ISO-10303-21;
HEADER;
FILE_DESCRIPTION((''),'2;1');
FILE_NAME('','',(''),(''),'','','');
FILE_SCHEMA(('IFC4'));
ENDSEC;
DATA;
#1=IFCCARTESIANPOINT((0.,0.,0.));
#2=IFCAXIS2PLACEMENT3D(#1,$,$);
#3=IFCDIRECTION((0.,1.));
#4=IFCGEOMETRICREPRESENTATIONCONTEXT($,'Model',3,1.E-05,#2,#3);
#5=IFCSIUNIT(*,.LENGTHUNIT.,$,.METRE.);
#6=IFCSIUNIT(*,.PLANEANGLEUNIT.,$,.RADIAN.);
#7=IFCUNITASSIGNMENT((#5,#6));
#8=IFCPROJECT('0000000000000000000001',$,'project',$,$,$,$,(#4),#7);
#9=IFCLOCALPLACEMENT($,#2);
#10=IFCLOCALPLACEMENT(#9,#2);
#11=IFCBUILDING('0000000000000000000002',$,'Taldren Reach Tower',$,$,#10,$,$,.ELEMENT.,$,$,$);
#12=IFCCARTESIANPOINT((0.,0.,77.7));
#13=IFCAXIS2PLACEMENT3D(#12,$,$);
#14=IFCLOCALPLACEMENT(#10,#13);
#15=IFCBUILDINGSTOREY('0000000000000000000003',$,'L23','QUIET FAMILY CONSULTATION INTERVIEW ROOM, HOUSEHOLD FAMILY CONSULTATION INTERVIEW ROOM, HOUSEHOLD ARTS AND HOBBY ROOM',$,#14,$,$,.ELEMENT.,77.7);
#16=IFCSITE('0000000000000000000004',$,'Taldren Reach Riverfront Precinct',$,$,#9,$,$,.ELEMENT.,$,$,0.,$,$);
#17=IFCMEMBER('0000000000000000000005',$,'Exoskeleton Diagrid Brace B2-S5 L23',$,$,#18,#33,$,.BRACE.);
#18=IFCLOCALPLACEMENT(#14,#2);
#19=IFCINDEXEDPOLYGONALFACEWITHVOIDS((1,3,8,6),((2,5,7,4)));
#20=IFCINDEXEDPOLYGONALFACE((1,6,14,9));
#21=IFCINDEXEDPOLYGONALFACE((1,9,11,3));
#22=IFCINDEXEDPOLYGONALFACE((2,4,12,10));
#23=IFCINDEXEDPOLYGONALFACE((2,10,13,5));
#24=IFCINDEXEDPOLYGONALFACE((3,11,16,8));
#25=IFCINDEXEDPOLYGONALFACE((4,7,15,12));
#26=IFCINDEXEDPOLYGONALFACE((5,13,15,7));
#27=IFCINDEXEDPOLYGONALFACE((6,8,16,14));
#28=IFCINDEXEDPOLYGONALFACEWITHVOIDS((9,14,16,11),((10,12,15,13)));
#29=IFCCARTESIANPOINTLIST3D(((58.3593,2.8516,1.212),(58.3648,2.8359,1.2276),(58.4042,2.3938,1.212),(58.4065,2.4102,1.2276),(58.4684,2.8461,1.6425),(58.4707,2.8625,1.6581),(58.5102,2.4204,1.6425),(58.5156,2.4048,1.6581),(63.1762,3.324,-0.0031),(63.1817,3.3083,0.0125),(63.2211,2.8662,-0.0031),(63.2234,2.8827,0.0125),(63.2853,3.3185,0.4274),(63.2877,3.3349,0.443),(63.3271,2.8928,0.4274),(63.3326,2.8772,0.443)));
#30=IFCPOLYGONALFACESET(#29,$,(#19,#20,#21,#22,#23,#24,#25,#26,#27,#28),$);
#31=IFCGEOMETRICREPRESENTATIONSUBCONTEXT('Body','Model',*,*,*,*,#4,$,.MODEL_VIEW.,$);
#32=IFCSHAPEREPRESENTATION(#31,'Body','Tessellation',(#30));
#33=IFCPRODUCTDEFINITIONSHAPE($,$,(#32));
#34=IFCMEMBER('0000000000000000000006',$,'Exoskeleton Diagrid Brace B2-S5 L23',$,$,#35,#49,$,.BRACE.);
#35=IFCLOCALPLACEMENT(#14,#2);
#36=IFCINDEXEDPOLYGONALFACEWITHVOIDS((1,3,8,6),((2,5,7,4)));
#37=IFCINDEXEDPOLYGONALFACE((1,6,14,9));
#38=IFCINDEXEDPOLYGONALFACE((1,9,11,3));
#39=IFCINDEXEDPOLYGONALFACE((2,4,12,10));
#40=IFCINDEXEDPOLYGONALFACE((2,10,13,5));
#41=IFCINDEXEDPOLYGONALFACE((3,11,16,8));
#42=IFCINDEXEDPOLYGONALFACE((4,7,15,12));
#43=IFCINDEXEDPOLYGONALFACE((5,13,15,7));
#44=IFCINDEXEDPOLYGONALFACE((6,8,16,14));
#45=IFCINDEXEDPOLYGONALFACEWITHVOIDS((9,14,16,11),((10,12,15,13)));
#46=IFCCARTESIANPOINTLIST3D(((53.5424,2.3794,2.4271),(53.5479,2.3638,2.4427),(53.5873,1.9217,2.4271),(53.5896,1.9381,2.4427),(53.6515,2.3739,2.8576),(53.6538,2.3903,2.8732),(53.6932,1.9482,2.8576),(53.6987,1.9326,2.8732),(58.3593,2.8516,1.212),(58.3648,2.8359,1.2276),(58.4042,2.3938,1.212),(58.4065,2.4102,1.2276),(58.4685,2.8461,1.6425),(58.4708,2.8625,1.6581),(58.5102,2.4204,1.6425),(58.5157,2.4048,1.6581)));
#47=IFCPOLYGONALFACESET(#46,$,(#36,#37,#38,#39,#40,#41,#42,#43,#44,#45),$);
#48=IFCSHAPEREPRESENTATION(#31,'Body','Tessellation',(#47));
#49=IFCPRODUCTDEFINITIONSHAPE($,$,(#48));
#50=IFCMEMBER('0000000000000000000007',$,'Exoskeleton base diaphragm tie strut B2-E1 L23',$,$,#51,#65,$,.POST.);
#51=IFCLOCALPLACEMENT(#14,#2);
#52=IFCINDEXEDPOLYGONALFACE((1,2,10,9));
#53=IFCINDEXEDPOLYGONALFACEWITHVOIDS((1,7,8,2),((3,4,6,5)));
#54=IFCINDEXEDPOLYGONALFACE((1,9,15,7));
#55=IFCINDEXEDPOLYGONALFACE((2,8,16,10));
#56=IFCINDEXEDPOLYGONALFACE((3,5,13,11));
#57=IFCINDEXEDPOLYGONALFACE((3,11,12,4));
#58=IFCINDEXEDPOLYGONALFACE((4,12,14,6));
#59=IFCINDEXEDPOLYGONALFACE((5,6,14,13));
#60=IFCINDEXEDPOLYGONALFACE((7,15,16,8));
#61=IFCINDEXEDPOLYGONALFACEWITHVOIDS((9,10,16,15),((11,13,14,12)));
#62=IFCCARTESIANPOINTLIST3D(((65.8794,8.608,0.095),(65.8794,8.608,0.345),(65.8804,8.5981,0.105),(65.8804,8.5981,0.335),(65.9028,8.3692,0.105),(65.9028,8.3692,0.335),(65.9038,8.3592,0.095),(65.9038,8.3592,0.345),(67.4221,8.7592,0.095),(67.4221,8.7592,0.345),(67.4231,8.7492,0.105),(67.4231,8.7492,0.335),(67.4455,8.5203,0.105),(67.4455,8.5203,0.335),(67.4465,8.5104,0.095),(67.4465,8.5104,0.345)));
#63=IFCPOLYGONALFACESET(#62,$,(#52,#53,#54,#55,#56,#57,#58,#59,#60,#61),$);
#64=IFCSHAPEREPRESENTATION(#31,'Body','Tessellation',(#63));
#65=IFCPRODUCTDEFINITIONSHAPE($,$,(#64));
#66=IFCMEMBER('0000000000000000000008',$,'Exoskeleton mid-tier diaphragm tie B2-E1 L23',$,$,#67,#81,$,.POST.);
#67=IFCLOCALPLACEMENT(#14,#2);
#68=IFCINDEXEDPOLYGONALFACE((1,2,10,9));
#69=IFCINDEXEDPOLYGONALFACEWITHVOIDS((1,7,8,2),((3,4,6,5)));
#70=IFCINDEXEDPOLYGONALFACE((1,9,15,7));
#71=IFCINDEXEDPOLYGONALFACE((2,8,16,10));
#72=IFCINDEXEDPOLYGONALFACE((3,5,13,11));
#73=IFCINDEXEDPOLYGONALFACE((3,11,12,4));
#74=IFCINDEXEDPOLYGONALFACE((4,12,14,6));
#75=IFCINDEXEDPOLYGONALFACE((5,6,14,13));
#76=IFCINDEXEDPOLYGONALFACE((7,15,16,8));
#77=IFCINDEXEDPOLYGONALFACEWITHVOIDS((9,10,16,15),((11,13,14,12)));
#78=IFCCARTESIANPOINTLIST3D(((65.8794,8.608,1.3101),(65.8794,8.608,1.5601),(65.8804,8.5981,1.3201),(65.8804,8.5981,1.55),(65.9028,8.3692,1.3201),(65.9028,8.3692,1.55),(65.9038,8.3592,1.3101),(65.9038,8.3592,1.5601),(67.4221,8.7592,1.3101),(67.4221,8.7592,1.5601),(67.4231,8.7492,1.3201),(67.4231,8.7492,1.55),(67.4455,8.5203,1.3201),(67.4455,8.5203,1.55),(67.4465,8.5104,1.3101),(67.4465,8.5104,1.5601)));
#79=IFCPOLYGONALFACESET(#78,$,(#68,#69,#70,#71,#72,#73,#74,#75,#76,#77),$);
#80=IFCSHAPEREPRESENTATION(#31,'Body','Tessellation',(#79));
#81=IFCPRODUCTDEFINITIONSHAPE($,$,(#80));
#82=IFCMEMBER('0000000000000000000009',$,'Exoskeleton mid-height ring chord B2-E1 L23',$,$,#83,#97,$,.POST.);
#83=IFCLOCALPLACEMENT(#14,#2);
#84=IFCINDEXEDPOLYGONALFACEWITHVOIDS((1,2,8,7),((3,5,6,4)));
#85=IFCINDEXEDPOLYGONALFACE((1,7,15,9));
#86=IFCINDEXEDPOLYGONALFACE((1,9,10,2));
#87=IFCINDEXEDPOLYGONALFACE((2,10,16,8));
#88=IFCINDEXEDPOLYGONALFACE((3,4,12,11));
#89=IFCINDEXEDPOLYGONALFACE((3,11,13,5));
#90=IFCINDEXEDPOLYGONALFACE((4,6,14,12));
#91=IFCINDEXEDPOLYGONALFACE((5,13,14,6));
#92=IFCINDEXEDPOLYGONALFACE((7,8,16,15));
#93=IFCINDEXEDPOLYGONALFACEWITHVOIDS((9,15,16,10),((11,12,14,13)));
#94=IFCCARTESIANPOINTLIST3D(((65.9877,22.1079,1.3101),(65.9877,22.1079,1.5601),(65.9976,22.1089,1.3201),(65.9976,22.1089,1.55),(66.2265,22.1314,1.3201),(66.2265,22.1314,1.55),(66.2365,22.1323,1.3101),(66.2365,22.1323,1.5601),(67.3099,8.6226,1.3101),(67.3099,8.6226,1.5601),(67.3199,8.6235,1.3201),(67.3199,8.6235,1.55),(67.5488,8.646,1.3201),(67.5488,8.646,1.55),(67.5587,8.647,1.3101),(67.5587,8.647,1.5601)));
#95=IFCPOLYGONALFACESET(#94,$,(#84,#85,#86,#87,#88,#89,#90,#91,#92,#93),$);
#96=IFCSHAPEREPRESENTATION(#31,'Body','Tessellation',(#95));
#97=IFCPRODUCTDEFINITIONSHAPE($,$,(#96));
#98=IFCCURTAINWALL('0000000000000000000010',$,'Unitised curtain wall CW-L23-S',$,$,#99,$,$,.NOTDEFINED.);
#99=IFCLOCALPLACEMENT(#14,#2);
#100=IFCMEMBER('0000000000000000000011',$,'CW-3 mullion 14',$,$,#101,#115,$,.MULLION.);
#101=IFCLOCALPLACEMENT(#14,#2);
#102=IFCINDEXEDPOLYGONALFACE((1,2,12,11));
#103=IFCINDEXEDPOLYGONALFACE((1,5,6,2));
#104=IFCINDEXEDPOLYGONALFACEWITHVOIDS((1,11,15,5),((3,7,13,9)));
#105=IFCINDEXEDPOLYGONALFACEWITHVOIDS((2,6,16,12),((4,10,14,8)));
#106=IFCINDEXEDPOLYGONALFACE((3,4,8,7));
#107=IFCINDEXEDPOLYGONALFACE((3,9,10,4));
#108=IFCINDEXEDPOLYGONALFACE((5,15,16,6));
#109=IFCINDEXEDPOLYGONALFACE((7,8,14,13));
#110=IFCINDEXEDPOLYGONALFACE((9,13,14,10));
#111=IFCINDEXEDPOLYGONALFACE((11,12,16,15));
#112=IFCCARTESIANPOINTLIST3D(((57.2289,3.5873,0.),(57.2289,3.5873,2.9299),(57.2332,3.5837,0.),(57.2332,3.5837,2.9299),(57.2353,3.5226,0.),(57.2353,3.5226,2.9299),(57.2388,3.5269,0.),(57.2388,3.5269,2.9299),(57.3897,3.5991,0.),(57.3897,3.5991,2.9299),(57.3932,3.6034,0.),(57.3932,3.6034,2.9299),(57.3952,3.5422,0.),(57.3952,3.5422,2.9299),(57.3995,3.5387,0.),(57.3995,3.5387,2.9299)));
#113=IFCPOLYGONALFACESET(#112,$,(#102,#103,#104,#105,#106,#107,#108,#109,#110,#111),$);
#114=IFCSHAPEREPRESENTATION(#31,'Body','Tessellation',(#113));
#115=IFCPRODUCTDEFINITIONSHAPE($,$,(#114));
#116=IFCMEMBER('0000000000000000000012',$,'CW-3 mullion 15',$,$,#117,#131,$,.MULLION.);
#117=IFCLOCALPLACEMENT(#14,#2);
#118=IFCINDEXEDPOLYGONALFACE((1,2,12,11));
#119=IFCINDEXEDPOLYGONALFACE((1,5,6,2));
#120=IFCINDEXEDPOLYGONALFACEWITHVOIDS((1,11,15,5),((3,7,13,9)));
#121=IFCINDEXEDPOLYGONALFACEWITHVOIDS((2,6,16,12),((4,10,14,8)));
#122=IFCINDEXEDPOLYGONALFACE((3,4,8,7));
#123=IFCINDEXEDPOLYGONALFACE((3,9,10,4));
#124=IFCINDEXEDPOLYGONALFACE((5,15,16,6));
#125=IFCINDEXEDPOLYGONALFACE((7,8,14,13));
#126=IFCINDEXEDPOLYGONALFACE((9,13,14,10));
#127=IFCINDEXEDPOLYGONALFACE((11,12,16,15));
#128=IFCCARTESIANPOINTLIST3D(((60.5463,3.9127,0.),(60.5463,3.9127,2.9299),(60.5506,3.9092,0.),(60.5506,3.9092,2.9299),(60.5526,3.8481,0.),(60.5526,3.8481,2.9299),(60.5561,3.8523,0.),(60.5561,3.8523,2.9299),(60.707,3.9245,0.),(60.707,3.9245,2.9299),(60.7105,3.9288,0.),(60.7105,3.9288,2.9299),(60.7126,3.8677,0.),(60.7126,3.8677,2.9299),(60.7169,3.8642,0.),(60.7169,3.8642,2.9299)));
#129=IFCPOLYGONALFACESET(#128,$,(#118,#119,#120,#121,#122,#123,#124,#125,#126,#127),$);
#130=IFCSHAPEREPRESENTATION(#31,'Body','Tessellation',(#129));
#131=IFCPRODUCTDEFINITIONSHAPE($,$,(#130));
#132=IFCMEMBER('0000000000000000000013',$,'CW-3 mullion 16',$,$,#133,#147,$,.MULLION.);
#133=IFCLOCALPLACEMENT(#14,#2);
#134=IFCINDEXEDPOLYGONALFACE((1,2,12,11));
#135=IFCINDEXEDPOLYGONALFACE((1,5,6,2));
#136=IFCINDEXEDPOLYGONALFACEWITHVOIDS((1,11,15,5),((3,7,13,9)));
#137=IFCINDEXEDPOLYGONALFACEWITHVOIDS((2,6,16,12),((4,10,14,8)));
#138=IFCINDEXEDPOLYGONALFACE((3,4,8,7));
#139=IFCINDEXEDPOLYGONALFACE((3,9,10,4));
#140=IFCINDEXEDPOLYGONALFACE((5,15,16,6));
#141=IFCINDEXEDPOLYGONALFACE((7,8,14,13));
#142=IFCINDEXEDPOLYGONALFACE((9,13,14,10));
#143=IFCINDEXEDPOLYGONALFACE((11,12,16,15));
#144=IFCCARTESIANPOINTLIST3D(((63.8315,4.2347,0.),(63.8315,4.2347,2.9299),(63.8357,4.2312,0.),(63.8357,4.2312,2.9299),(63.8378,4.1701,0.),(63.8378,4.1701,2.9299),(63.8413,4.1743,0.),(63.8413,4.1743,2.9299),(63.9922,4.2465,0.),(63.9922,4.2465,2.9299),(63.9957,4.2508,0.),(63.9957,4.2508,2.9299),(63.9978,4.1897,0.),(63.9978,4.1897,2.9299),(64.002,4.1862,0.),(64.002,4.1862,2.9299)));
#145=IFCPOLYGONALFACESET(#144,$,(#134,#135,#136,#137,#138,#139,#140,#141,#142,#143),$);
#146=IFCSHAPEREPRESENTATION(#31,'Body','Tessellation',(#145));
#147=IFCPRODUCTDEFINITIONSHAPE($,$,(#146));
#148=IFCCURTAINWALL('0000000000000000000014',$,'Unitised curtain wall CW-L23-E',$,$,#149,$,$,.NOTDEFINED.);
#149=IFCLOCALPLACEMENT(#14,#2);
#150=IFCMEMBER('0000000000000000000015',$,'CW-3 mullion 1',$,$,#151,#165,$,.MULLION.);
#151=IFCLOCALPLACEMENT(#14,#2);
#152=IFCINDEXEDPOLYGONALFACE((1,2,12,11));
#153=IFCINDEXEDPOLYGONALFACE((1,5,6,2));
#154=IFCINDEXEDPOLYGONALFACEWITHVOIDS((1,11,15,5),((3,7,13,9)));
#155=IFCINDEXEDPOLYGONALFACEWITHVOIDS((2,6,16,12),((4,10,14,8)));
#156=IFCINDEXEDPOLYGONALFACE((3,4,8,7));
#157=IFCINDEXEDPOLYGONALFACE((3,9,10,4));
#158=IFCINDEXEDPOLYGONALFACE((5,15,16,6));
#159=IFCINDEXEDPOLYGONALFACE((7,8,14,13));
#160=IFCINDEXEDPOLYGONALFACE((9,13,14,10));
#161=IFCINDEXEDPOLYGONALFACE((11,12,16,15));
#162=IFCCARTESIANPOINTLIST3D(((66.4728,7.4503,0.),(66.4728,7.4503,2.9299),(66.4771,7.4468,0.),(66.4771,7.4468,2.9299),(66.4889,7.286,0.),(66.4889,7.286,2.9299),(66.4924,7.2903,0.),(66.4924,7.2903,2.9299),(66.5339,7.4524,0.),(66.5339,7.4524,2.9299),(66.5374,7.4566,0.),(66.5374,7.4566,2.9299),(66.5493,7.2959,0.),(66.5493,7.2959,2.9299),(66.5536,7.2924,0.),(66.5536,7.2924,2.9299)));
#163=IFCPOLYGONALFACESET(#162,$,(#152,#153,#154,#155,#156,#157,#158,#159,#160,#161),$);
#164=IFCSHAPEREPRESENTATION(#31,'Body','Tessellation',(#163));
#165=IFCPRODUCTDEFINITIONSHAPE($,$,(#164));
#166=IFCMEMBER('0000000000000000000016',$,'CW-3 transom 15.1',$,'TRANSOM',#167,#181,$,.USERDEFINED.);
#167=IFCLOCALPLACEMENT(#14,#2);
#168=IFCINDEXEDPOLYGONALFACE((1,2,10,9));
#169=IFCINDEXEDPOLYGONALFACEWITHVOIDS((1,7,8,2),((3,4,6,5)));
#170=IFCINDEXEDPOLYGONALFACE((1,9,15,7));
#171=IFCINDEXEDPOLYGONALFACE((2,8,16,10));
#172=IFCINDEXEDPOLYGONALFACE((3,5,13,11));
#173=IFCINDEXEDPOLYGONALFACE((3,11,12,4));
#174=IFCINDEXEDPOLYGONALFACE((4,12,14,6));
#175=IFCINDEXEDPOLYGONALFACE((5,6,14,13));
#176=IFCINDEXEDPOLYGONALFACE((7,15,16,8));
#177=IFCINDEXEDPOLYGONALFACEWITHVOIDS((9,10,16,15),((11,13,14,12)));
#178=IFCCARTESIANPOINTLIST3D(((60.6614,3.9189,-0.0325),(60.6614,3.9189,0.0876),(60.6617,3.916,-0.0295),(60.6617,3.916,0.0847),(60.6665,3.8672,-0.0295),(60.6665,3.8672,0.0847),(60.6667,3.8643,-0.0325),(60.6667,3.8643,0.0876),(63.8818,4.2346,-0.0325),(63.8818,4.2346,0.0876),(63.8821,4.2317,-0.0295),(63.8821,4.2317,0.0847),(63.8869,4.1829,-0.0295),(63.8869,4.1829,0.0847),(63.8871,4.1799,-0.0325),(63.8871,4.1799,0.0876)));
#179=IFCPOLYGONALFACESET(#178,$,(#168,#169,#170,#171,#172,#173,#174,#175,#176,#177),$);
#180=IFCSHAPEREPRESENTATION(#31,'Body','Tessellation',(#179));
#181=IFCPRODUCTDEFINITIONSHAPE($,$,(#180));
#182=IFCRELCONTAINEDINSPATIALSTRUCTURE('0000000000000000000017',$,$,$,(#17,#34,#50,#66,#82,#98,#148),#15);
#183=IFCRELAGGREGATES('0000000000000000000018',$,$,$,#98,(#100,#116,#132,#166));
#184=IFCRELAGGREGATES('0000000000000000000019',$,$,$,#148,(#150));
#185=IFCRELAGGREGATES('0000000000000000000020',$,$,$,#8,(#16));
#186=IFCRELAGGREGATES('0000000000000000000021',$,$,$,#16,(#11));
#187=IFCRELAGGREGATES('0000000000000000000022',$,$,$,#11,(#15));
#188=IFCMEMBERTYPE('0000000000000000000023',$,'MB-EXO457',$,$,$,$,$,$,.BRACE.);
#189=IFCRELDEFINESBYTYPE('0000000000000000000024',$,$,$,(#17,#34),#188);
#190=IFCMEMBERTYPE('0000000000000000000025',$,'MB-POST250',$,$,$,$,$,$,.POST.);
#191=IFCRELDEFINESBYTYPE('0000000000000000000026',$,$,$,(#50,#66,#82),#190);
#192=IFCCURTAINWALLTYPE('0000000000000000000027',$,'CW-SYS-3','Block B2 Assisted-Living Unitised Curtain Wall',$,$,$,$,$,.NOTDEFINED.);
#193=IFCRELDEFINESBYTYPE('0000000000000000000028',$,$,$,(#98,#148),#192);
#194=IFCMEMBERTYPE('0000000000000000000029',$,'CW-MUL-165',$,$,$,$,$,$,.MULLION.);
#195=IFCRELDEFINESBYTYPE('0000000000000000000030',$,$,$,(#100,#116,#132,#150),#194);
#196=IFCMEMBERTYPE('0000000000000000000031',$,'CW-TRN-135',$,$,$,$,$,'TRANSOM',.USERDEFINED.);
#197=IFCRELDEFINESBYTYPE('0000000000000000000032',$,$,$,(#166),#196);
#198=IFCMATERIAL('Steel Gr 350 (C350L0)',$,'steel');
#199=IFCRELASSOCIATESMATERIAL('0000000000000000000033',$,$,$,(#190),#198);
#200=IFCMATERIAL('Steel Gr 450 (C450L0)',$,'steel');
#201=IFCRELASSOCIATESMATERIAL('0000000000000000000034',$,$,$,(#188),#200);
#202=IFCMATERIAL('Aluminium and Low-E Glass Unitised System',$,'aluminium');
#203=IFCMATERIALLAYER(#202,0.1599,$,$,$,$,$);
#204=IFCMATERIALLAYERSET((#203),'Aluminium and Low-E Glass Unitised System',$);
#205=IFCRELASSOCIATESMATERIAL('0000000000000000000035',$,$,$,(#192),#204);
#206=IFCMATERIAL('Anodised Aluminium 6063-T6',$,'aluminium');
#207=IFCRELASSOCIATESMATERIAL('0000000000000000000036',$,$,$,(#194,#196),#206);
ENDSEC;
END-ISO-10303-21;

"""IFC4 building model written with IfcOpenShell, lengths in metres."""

from ifc_helpers import new_model, si_unit, direction, frame, origin, origin_2d, place, context, subcontext, project, spatial, hollow_rectangle, extrude, source, transform, mapped, material, layer, layer_set, material_profile, profile_set, type_object, element, aggregate, save


model = new_model("IFC4")

# Units and contexts
model_context = context("Model", 3, precision=1e-05, world=origin(), true_north=direction((0.0, 1.0)))
body_context = subcontext(model_context, "Body", "Model", "MODEL_VIEW")
ifc_project = project(units=[si_unit("LENGTHUNIT", "METRE"), si_unit("PLANEANGLEUNIT", "RADIAN")], contexts=[model_context])

# Site, building, storey
site_placement = place(None, origin())
site = spatial("IfcSite", under=ifc_project, at=site_placement, Name="Taldren Reach Riverfront Precinct", CompositionType="ELEMENT", RefElevation=0.0)
building_placement = place(site_placement, origin())
building = spatial("IfcBuilding", under=site, at=building_placement, Name="Taldren Reach Tower", CompositionType="ELEMENT")
storey_placement = place(building_placement, frame((0.0, 0.0, 77.7)))
storey = spatial("IfcBuildingStorey", under=building, at=storey_placement, Name="L23", Description="QUIET FAMILY CONSULTATION INTERVIEW ROOM, HOUSEHOLD FAMILY CONSULTATION INTERVIEW ROOM, HOUSEHOLD ARTS AND HOBBY ROOM", CompositionType="ELEMENT", Elevation=77.7)

# Shared definitions
ifc_material_1 = material(Name="Steel Gr 450 (C450L0)", Category="steel")
ifc_material_2 = material(Name="Steel Gr 350 (C350L0)", Category="steel")
ifc_material_profile_1 = material_profile(ifc_material_2, hollow_rectangle(XDim=0.25, YDim=0.25, WallThickness=0.01, at=origin_2d()), Name="250x250x10.0SHS")
ifc_profile_set_1 = profile_set([ifc_material_profile_1], Name="Steel Gr 350 (C350L0)")
member_type_1 = type_object("IfcMemberType", Name="MB-POST250", PredefinedType="POST", material=ifc_profile_set_1)

# Members
ifc_material_profile_2 = material_profile(ifc_material_1, hollow_rectangle(XDim=0.46, YDim=0.46, WallThickness=0.0161, at=origin_2d()), Name="460x460x16.0SHS")
ifc_profile_set_2 = profile_set([ifc_material_profile_2], Name="Steel Gr 450 (C450L0)")
member_type_2 = type_object("IfcMemberType", Name="MB-EXO457", PredefinedType="BRACE", material=ifc_profile_set_2)
shared_shape_1 = source(origin(), body_context, "Body", "SweptSolid", [
    extrude(hollow_rectangle(XDim=0.46, YDim=0.46, WallThickness=0.0161, at=origin_2d()), origin(), (0.0, 0.0, 1.0), 4.9902),
])
for number, where, z_axis, x_axis, name in (
    (1, (63.2544, 3.1006, 0.22), (-0.965271, -0.094668, 0.243495), (0.097606, -0.995225, 0.0), "Exoskeleton Diagrid Brace B2-S5 L23"),
    (2, (58.4375, 2.6282, 1.4351), (-0.965276, -0.09462, 0.243496), (0.097556, -0.99523, 0.0), "Exoskeleton Diagrid Brace B2-S5 L23"),
):
    element("IfcMember", number, at=place(storey_placement, frame(where, z_axis=z_axis, x_axis=x_axis)), inside=storey, type_object=member_type_2, Name=name, PredefinedType="BRACE", context=body_context, shape_type="MappedRepresentation", body=[
        mapped(shared_shape_1, transform((0.0, 0.0, 0.0), scale=1.0)),
    ])
shared_shape_2 = source(origin(), body_context, "Body", "SweptSolid", [
    extrude(hollow_rectangle(XDim=0.25, YDim=0.25, WallThickness=0.01, at=origin_2d()), origin(), (0.0, 0.0, 1.0), 1.55),
])
for number, where, z_axis, x_axis, name in (
    (3, (65.8916, 8.4836, 0.22), (0.995236, 0.097492, 0.0), (-0.097492, 0.995236, 0.0), "Exoskeleton base diaphragm tie strut B2-E1 L23"),
    (4, (65.8916, 8.4836, 1.4351), (0.995236, 0.097492, 0.0), (-0.097492, 0.995236, 0.0), "Exoskeleton mid-tier diaphragm tie B2-E1 L23"),
):
    element("IfcMember", number, at=place(storey_placement, frame(where, z_axis=z_axis, x_axis=x_axis)), inside=storey, type_object=member_type_1, Name=name, PredefinedType="POST", context=body_context, shape_type="MappedRepresentation", body=[
        mapped(shared_shape_2, transform((0.0, 0.0, 0.0), scale=1.0)),
    ])
shared_shape_3 = source(origin(), body_context, "Body", "SweptSolid", [
    extrude(hollow_rectangle(XDim=0.25, YDim=0.25, WallThickness=0.01, at=origin_2d()), origin(), (0.0, 0.0, 1.0), 13.55),
])
member_1_placement = place(storey_placement, frame((67.4343, 8.6348, 1.4351), z_axis=(-0.097584, 0.995227, 0.0), x_axis=(-0.995227, -0.097584, 0.0)))
element("IfcMember", 5, at=member_1_placement, inside=storey, type_object=member_type_1, Name="Exoskeleton mid-height ring chord B2-E1 L23", PredefinedType="POST", context=body_context, shape_type="MappedRepresentation", body=[
    mapped(shared_shape_3, transform((0.0, 0.0, 0.0), scale=1.0)),
])

# Curtain wall, members
ifc_material_3 = material(Name="Aluminium and Low-E Glass Unitised System", Category="aluminium")
ifc_layer_1 = layer(ifc_material_3, 0.1599)
ifc_layer_set_1 = layer_set([ifc_layer_1], Name="Aluminium and Low-E Glass Unitised System")
curtain_wall_type = type_object("IfcCurtainWallType", Name="CW-SYS-3", Description="Block B2 Assisted-Living Unitised Curtain Wall", PredefinedType="NOTDEFINED", material=ifc_layer_set_1)
curtain_wall_1_placement = place(storey_placement, origin())
curtain_wall_1 = element("IfcCurtainWall", 6, at=curtain_wall_1_placement, inside=storey, type_object=curtain_wall_type, Name="Unitised curtain wall CW-L23-S", PredefinedType="NOTDEFINED")
ifc_material_4 = material(Name="Anodised Aluminium 6063-T6", Category="aluminium")
ifc_material_profile_3 = material_profile(ifc_material_4, hollow_rectangle(XDim=0.0649, YDim=0.165, WallThickness=0.0039, at=origin_2d()), Name="ALU-165x65x4RHS")
ifc_profile_set_3 = profile_set([ifc_material_profile_3], Name="Anodised Aluminium 6063-T6")
member_type_3 = type_object("IfcMemberType", Name="CW-MUL-165", PredefinedType="MULLION", material=ifc_profile_set_3)
shared_shape_4 = source(origin(), body_context, "Body", "SweptSolid", [
    extrude(hollow_rectangle(XDim=0.0649, YDim=0.165, WallThickness=0.0039, at=origin_2d()), origin(), (0.0, 0.0, 1.0), 2.9299),
])
member_2_placement = place(storey_placement, frame((57.3142, 3.563, 0.0), z_axis=(0.0, 0.0, 1.0), x_axis=(-0.097583, 0.995227, 0.0)))
member_2 = element("IfcMember", 7, at=member_2_placement, type_object=member_type_3, Name="CW-3 mullion 14", PredefinedType="MULLION", context=body_context, shape_type="MappedRepresentation", body=[
    mapped(shared_shape_4, transform((0.0, 0.0, 0.0), scale=1.0)),
])
member_3_placement = place(storey_placement, frame((60.6316, 3.8884, 0.0), z_axis=(0.0, 0.0, 1.0), x_axis=(-0.097583, 0.995227, 0.0)))
member_3 = element("IfcMember", 8, at=member_3_placement, type_object=member_type_3, Name="CW-3 mullion 15", PredefinedType="MULLION", context=body_context, shape_type="MappedRepresentation", body=[
    mapped(shared_shape_4, transform((0.0, 0.0, 0.0), scale=1.0)),
])
member_4_placement = place(storey_placement, frame((63.9167, 4.2104, 0.0), z_axis=(0.0, 0.0, 1.0), x_axis=(-0.097583, 0.995227, 0.0)))
member_4 = element("IfcMember", 9, at=member_4_placement, type_object=member_type_3, Name="CW-3 mullion 16", PredefinedType="MULLION", context=body_context, shape_type="MappedRepresentation", body=[
    mapped(shared_shape_4, transform((0.0, 0.0, 0.0), scale=1.0)),
])

# Curtain wall, member
curtain_wall_2_placement = place(storey_placement, origin())
curtain_wall_2 = element("IfcCurtainWall", 10, at=curtain_wall_2_placement, inside=storey, type_object=curtain_wall_type, Name="Unitised curtain wall CW-L23-E", PredefinedType="NOTDEFINED")
member_5_placement = place(storey_placement, frame((66.5132, 7.3713, 0.0), z_axis=(0.0, 0.0, 1.0), x_axis=(-0.995227, -0.097583, 0.0)))
member_5 = element("IfcMember", 11, at=member_5_placement, type_object=member_type_3, Name="CW-3 mullion 1", PredefinedType="MULLION", context=body_context, shape_type="MappedRepresentation", body=[
    mapped(shared_shape_4, transform((0.0, 0.0, 0.0), scale=1.0)),
])

# Member
ifc_material_profile_4 = material_profile(ifc_material_4, hollow_rectangle(XDim=0.0549, YDim=0.1201, WallThickness=0.0029, at=origin_2d()), Name="ALU-120x55x3RHS")
ifc_profile_set_4 = profile_set([ifc_material_profile_4], Name="Anodised Aluminium 6063-T6")
member_type_4 = type_object("IfcMemberType", Name="CW-TRN-135", ElementType="TRANSOM", PredefinedType="USERDEFINED", material=ifc_profile_set_4)
shared_shape_5 = source(origin(), body_context, "Body", "SweptSolid", [
    extrude(hollow_rectangle(XDim=0.0549, YDim=0.1201, WallThickness=0.0029, at=origin_2d()), origin(), (0.0, 0.0, 1.0), 3.2358),
])
member_6_placement = place(storey_placement, frame((60.6641, 3.8916, 0.0276), z_axis=(0.99523, 0.097554, 0.0), x_axis=(-0.097554, 0.99523, 0.0)))
member_6 = element("IfcMember", 12, at=member_6_placement, type_object=member_type_4, Name="CW-3 transom 15.1", ObjectType="TRANSOM", PredefinedType="USERDEFINED", context=body_context, shape_type="MappedRepresentation", body=[
    mapped(shared_shape_5, transform((0.0, 0.0, 0.0), scale=1.0)),
])

aggregate(curtain_wall_1, [member_2, member_3, member_4, member_6])
aggregate(curtain_wall_2, [member_5])

save(model, "model.ifc")
